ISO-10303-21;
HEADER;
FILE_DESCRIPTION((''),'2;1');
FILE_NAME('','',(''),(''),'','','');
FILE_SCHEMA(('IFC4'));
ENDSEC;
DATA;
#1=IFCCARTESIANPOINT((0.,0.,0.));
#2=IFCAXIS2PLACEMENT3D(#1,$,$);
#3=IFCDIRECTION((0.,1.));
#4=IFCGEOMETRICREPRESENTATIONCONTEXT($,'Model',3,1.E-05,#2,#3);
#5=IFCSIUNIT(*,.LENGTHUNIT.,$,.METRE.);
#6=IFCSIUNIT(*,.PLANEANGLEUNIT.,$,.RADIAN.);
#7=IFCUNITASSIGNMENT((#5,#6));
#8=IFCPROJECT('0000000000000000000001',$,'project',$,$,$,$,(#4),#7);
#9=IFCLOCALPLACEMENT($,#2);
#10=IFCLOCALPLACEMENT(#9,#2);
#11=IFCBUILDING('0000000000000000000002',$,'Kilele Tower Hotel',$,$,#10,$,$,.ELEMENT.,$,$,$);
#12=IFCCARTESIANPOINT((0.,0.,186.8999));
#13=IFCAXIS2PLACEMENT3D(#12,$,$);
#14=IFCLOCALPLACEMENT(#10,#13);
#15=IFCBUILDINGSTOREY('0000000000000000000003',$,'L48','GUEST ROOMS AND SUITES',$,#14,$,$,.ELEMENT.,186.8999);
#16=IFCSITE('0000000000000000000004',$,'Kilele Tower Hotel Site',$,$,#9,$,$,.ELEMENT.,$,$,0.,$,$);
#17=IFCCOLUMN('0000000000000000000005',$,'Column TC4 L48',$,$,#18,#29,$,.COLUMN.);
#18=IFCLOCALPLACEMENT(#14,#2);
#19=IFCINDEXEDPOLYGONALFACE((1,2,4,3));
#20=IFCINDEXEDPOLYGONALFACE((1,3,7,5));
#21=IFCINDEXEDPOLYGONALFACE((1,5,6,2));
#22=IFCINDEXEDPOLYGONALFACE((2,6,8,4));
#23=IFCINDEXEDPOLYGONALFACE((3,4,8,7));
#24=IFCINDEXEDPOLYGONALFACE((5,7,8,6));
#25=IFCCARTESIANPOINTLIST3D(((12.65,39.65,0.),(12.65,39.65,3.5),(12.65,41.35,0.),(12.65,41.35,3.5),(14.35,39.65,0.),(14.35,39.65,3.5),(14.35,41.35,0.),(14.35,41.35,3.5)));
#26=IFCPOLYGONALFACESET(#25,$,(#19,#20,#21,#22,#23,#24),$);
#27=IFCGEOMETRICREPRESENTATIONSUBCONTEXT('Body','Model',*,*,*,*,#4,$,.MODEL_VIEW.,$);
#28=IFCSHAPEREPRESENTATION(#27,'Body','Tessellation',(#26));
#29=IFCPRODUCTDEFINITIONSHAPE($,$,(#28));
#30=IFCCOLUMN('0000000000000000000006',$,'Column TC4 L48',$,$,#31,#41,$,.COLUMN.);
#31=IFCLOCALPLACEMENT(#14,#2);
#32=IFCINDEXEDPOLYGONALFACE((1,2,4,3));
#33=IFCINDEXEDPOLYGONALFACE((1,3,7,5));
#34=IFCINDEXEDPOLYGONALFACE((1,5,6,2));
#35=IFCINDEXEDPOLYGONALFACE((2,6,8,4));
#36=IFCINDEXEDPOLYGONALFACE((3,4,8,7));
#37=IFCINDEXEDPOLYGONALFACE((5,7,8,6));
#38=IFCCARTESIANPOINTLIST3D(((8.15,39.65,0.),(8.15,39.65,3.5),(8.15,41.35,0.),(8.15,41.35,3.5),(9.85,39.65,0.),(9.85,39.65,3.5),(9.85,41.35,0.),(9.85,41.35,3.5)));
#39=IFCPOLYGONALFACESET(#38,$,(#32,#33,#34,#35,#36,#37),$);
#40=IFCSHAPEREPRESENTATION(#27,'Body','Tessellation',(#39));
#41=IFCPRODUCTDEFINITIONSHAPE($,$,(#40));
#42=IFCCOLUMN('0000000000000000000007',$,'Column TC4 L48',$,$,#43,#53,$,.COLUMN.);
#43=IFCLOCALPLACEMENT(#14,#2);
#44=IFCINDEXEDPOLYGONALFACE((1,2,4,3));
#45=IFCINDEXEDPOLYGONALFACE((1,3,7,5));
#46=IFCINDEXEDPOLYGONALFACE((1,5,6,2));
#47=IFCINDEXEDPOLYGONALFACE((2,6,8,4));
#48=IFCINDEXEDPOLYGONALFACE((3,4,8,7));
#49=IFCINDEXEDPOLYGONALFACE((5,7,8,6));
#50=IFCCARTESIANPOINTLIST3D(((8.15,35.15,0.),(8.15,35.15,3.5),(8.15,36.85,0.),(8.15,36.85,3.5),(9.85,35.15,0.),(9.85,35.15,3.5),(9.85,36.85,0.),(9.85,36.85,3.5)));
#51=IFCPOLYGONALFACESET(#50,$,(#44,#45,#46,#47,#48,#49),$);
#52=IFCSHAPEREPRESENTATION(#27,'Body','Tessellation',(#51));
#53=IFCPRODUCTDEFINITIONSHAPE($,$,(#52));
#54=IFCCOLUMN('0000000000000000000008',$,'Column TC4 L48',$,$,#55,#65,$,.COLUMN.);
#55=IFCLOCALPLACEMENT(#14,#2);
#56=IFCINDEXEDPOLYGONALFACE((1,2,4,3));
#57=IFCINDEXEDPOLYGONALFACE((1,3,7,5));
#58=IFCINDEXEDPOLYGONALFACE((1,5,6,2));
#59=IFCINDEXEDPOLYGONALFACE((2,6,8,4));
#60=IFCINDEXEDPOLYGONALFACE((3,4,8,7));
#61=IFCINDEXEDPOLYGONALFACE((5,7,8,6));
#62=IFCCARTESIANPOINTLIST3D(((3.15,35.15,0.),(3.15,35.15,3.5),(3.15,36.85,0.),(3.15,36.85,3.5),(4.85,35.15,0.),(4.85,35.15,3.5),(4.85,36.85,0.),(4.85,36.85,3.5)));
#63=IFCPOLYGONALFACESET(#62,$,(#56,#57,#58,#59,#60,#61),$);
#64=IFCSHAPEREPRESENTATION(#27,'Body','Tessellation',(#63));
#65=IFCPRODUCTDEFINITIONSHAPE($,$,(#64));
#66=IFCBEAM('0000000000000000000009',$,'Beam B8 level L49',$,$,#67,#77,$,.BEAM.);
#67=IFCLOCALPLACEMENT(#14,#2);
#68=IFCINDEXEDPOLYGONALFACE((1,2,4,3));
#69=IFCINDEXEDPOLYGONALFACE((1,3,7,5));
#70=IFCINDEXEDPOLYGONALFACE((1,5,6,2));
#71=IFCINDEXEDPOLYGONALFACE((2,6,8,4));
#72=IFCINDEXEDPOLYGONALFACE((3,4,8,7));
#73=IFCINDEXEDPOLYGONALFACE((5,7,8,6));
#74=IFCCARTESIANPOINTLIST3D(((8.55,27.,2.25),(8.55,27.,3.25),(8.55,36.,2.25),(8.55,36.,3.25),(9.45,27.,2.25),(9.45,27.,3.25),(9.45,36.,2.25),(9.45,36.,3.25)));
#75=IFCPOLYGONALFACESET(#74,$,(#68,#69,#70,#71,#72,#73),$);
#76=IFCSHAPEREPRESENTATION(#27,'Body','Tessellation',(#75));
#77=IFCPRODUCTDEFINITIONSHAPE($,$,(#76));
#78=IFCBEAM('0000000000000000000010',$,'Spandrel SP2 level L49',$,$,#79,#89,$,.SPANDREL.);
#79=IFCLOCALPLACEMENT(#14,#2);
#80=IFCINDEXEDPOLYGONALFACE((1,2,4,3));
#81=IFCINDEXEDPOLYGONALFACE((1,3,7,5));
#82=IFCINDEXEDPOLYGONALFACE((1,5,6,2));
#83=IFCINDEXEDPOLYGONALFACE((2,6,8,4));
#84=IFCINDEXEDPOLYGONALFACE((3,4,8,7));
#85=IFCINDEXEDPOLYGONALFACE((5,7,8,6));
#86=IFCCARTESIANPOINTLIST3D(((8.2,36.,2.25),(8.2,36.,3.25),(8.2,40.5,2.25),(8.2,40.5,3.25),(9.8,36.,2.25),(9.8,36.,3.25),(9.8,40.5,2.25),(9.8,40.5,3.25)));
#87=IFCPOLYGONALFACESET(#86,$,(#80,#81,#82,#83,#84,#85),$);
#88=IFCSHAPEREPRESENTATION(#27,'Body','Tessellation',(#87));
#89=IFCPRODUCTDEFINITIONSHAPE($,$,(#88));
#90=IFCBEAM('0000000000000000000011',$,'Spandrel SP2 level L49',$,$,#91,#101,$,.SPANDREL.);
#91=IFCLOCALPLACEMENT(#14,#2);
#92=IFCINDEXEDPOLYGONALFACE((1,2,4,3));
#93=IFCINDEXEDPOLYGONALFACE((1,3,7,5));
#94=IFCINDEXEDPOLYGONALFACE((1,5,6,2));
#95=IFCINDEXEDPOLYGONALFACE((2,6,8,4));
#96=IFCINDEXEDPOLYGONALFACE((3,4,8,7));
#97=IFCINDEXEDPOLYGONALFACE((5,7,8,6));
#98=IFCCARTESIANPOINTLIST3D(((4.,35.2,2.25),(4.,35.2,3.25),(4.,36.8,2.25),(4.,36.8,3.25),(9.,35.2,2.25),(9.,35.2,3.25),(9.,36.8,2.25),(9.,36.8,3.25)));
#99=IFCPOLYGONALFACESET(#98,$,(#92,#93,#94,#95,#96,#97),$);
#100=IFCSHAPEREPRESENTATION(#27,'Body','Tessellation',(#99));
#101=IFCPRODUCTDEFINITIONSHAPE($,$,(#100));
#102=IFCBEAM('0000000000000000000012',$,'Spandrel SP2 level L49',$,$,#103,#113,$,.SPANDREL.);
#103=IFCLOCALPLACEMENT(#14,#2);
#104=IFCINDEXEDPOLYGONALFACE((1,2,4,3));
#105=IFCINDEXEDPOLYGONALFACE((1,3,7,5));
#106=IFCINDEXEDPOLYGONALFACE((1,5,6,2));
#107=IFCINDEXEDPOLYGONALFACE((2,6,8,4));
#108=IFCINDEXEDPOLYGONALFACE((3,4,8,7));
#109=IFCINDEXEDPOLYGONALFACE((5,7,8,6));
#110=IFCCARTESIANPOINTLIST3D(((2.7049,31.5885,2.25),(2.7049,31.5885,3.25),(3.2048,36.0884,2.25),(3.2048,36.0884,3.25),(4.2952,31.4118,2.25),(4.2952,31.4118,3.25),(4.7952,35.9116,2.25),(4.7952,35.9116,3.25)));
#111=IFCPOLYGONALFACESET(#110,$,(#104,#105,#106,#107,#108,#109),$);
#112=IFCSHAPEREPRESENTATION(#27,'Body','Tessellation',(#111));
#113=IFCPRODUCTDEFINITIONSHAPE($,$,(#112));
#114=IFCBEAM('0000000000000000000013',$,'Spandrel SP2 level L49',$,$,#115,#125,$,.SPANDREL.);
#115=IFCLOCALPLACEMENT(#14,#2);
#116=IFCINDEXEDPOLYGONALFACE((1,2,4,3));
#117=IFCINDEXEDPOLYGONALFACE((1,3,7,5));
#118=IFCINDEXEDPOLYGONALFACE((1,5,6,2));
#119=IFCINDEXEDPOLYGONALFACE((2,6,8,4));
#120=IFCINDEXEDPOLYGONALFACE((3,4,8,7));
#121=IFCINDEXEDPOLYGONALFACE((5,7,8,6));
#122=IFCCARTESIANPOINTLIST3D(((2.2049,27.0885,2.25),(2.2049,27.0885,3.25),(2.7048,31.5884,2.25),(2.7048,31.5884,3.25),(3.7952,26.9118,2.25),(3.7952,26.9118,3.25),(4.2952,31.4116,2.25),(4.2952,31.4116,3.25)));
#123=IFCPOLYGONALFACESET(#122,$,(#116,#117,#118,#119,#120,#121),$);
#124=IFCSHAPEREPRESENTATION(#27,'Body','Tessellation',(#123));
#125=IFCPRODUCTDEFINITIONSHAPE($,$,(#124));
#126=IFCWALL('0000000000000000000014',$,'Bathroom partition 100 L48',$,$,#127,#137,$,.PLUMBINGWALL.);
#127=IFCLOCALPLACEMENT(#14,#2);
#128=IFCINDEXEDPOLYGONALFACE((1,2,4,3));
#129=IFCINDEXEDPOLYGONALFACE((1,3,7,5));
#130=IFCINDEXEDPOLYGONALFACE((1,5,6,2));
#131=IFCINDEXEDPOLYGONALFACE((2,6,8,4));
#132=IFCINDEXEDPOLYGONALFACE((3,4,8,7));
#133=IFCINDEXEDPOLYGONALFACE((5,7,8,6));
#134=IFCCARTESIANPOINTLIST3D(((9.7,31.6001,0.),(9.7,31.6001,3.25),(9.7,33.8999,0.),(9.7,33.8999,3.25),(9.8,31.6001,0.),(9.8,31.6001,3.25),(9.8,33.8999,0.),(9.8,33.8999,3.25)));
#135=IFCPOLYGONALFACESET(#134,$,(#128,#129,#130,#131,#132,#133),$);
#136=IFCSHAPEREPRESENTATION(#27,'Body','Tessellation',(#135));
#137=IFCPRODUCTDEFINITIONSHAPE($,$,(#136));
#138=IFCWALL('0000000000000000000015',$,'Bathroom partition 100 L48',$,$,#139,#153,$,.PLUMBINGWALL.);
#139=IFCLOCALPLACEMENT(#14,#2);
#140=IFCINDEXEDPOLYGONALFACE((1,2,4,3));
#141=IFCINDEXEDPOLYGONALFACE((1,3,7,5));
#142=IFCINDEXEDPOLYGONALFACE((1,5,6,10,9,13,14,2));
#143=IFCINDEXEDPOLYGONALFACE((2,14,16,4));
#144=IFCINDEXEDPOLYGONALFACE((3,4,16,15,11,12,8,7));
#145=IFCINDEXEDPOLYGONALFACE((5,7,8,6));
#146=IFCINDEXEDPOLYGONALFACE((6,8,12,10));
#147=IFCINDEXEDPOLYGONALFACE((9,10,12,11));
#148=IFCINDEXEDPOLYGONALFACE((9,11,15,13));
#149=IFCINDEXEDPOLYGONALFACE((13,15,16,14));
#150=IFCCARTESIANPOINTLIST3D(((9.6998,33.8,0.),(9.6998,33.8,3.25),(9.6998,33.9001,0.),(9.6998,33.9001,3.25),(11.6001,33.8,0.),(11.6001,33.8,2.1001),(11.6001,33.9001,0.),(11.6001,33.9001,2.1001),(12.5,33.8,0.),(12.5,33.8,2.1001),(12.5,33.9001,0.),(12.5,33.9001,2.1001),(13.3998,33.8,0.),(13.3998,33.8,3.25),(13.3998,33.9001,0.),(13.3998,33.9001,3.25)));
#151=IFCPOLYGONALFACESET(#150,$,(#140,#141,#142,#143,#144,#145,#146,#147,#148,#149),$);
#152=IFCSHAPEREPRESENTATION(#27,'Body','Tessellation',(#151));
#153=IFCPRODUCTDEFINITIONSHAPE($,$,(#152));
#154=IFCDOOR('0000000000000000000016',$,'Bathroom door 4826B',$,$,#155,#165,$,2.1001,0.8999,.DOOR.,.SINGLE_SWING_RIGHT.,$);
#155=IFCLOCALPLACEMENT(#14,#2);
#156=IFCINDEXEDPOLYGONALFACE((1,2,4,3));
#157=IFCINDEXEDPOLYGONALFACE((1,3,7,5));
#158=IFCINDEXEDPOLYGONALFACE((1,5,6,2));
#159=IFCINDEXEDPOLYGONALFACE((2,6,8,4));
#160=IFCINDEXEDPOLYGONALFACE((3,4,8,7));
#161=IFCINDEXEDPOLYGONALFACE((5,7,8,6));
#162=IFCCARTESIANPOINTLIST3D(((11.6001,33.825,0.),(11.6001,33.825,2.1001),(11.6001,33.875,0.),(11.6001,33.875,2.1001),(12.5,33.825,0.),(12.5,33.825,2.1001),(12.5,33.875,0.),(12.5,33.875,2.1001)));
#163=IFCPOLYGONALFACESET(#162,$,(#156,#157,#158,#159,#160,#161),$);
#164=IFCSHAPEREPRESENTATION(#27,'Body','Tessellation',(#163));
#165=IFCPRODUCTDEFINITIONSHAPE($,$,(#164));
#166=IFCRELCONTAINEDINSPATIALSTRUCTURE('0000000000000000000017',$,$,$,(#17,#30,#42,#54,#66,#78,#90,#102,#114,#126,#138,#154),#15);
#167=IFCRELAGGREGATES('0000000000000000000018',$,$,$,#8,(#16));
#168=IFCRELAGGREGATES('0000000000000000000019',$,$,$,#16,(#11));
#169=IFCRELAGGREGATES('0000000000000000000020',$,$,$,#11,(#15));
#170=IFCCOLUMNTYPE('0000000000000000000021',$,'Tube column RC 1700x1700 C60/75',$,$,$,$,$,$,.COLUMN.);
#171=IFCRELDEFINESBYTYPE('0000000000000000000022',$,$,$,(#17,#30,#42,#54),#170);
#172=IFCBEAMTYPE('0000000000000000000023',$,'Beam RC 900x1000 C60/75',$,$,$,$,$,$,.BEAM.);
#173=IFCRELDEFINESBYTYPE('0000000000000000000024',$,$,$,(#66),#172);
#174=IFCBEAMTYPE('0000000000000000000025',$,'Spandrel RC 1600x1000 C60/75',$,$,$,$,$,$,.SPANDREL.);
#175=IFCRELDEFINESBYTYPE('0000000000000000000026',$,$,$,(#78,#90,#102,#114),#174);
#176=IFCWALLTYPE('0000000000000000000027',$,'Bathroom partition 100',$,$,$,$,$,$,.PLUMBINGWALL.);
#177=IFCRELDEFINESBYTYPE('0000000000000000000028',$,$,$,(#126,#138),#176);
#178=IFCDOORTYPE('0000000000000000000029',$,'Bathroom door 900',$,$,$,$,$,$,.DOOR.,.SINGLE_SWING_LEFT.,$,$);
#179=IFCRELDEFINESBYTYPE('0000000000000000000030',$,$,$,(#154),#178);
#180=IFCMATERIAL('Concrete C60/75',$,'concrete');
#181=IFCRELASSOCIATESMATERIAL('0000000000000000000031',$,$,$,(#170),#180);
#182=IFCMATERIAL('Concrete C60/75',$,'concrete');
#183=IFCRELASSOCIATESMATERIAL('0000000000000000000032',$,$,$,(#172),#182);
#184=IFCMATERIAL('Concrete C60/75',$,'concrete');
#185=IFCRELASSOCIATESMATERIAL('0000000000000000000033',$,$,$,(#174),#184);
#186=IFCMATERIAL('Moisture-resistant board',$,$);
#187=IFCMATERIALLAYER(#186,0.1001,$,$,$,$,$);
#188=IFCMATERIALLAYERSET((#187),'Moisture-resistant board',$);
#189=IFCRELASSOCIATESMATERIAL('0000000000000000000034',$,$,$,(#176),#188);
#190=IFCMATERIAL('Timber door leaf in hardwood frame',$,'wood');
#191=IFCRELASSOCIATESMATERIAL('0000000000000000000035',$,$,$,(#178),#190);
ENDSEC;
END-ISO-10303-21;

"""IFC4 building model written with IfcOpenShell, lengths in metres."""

from ifc_helpers import new_model, si_unit, direction, frame, frame_2d, origin, origin_2d, place, context, subcontext, project, spatial, rectangle, extrude, material, layer, layer_set, material_profile, profile_set, type_object, element, fill, save


model = new_model("IFC4")

# Units and contexts
model_context = context("Model", 3, precision=1e-05, world=origin(), true_north=direction((0.0, 1.0)))
body_context = subcontext(model_context, "Body", "Model", "MODEL_VIEW")
ifc_project = project(units=[si_unit("LENGTHUNIT", "METRE"), si_unit("PLANEANGLEUNIT", "RADIAN")], contexts=[model_context])

# Site, building, storey
site_placement = place(None, origin())
site = spatial("IfcSite", under=ifc_project, at=site_placement, Name="Kilele Tower Hotel Site", CompositionType="ELEMENT", RefElevation=0.0)
building_placement = place(site_placement, origin())
building = spatial("IfcBuilding", under=site, at=building_placement, Name="Kilele Tower Hotel", CompositionType="ELEMENT")
storey_placement = place(building_placement, frame((0.0, 0.0, 186.8999)))
storey = spatial("IfcBuildingStorey", under=building, at=storey_placement, Name="L48", Description="GUEST ROOMS AND SUITES", CompositionType="ELEMENT", Elevation=186.8999)

# Columns
ifc_material_1 = material(Name="Concrete C60/75", Category="concrete")
ifc_material_profile_1 = material_profile(ifc_material_1, rectangle(XDim=1.7, YDim=1.7, at=origin_2d()))
ifc_profile_set_1 = profile_set([ifc_material_profile_1], Name="Concrete C60/75")
column_type = type_object("IfcColumnType", Name="Tube column RC 1700x1700 C60/75", PredefinedType="COLUMN", material=ifc_profile_set_1)
for number, where, z_axis, x_axis, name in (
    (1, (13.5, 40.5, 0.0), (0.0, 0.0, 1.0), (1.0, 0.0, 0.0), "Column TC4 L48"),
    (2, (9.0, 40.5, 0.0), (0.0, 0.0, 1.0), (1.0, 0.0, 0.0), "Column TC4 L48"),
    (3, (9.0, 36.0, 0.0), (0.0, 0.0, 1.0), (1.0, 0.0, 0.0), "Column TC4 L48"),
    (4, (4.0, 36.0, 0.0), (0.0, 0.0, 1.0), (1.0, 0.0, 0.0), "Column TC4 L48"),
):
    element("IfcColumn", number, at=place(storey_placement, frame(where, z_axis=z_axis, x_axis=x_axis)), inside=storey, type_object=column_type, Name=name, PredefinedType="COLUMN", context=body_context, shape_type="SweptSolid", body=[
        extrude(rectangle(XDim=1.7, YDim=1.7, at=origin_2d()), origin(), (0.0, 0.0, 1.0), 3.5),
    ])

# Beams
ifc_material_2 = material(Name="Concrete C60/75", Category="concrete")
ifc_material_profile_2 = material_profile(ifc_material_2, rectangle(XDim=0.8999, YDim=1.0, at=origin_2d()))
ifc_profile_set_2 = profile_set([ifc_material_profile_2], Name="Concrete C60/75")
beam_type_1 = type_object("IfcBeamType", Name="Beam RC 900x1000 C60/75", PredefinedType="BEAM", material=ifc_profile_set_2)
beam_1_placement = place(storey_placement, frame((9.0, 36.0, 2.75), z_axis=(0.0, -1.0, 0.0), x_axis=(1.0, 0.0, 0.0)))
element("IfcBeam", 5, at=beam_1_placement, inside=storey, type_object=beam_type_1, Name="Beam B8 level L49", PredefinedType="BEAM", context=body_context, shape_type="SweptSolid", body=[
    extrude(rectangle(XDim=0.8999, YDim=1.0, at=origin_2d()), origin(), (0.0, 0.0, 1.0), 9.0),
])
ifc_material_3 = material(Name="Concrete C60/75", Category="concrete")
ifc_material_profile_3 = material_profile(ifc_material_3, rectangle(XDim=1.6001, YDim=1.0, at=origin_2d()))
ifc_profile_set_3 = profile_set([ifc_material_profile_3], Name="Concrete C60/75")
beam_type_2 = type_object("IfcBeamType", Name="Spandrel RC 1600x1000 C60/75", PredefinedType="SPANDREL", material=ifc_profile_set_3)
beam_2_placement = place(storey_placement, frame((9.0, 40.5, 2.75), z_axis=(0.0, -1.0, 0.0), x_axis=(1.0, 0.0, 0.0)))
element("IfcBeam", 6, at=beam_2_placement, inside=storey, type_object=beam_type_2, Name="Spandrel SP2 level L49", PredefinedType="SPANDREL", context=body_context, shape_type="SweptSolid", body=[
    extrude(rectangle(XDim=1.6001, YDim=1.0, at=origin_2d()), origin(), (0.0, 0.0, 1.0), 4.5),
])
beam_3_placement = place(storey_placement, frame((9.0, 36.0, 2.75), z_axis=(-1.0, 0.0, 0.0), x_axis=(0.0, -1.0, 0.0)))
element("IfcBeam", 7, at=beam_3_placement, inside=storey, type_object=beam_type_2, Name="Spandrel SP2 level L49", PredefinedType="SPANDREL", context=body_context, shape_type="SweptSolid", body=[
    extrude(rectangle(XDim=1.6001, YDim=1.0, at=origin_2d()), origin(), (0.0, 0.0, 1.0), 5.0),
])
for number, where, z_axis, x_axis, name in (
    (8, (4.0, 36.0, 2.75), (-0.110432, -0.993884, 0.0), (0.993884, -0.110432, 0.0), "Spandrel SP2 level L49"),
    (9, (3.5, 31.5, 2.75), (-0.110432, -0.993884, 0.0), (0.993884, -0.110432, 0.0), "Spandrel SP2 level L49"),
):
    element("IfcBeam", number, at=place(storey_placement, frame(where, z_axis=z_axis, x_axis=x_axis)), inside=storey, type_object=beam_type_2, Name=name, PredefinedType="SPANDREL", context=body_context, shape_type="SweptSolid", body=[
        extrude(rectangle(XDim=1.6001, YDim=1.0, at=origin_2d()), origin(), (0.0, 0.0, 1.0), 4.5276),
    ])

# Wall
ifc_material_4 = material(Name="Moisture-resistant board")
ifc_layer_1 = layer(ifc_material_4, 0.1001)
ifc_layer_set_1 = layer_set([ifc_layer_1], Name="Moisture-resistant board")
wall_type_1 = type_object("IfcWallType", Name="Bathroom partition 100", PredefinedType="PLUMBINGWALL", material=ifc_layer_set_1)
wall_1_placement = place(storey_placement, frame((9.75, 31.6001, 0.0), z_axis=(0.0, 0.0, 1.0), x_axis=(0.0, 1.0, 0.0)))
element("IfcWall", 10, at=wall_1_placement, inside=storey, type_object=wall_type_1, Name="Bathroom partition 100 L48", PredefinedType="PLUMBINGWALL", context=body_context, shape_type="SweptSolid", body=[
    extrude(rectangle(XDim=2.2998, YDim=0.1001, at=frame_2d((1.1499, 0.0))), origin(), (0.0, 0.0, 1.0), 3.25),
])

# Wall, opening, door
wall_2_placement = place(storey_placement, frame((13.3999, 33.8501, 0.0), z_axis=(0.0, 0.0, 1.0), x_axis=(-1.0, 0.0, 0.0)))
wall_2 = element("IfcWall", 11, at=wall_2_placement, inside=storey, type_object=wall_type_1, Name="Bathroom partition 100 L48", PredefinedType="PLUMBINGWALL", context=body_context, shape_type="SweptSolid", body=[
    extrude(rectangle(XDim=3.7, YDim=0.1001, at=frame_2d((1.8501, 0.0))), origin(), (0.0, 0.0, 1.0), 3.25),
])
opening_1_placement = place(wall_2_placement, frame((1.7998, 0.0, 0.0), z_axis=(0.0, 0.0, 1.0), x_axis=(-1.0, 0.0, 0.0)))
opening_1 = element("IfcOpeningElement", 12, at=opening_1_placement, cuts=wall_2, PredefinedType="OPENING", context=body_context, shape_type="SweptSolid", body=[
    extrude(rectangle(XDim=0.8999, YDim=2.1001, at=frame_2d((0.45, 1.05))), frame((0.0, 0.0601, 0.0), z_axis=(0.0, -1.0, 0.0), x_axis=(1.0, 0.0, 0.0)), (0.0, 0.0, 1.0), 0.1201),
])
ifc_material_5 = material(Name="Timber door leaf in hardwood frame", Category="wood")
door_type_1 = type_object("IfcDoorType", Name="Bathroom door 900", OperationType="SINGLE_SWING_LEFT", PredefinedType="DOOR", material=ifc_material_5)
door_1_placement = place(opening_1_placement, origin())
door_1 = element("IfcDoor", 13, at=door_1_placement, inside=storey, type_object=door_type_1, Name="Bathroom door 4826B", OperationType="SINGLE_SWING_RIGHT", OverallHeight=2.1001, OverallWidth=0.8999, PredefinedType="DOOR", context=body_context, shape_type="SweptSolid", body=[
    extrude(rectangle(XDim=0.8999, YDim=2.1001, at=frame_2d((0.45, 1.05))), frame((0.0, 0.0249, 0.0), z_axis=(0.0, -1.0, 0.0), x_axis=(1.0, 0.0, 0.0)), (0.0, 0.0, 1.0), 0.05),
])
fill(opening_1, door_1)

save(model, "model.ifc")
